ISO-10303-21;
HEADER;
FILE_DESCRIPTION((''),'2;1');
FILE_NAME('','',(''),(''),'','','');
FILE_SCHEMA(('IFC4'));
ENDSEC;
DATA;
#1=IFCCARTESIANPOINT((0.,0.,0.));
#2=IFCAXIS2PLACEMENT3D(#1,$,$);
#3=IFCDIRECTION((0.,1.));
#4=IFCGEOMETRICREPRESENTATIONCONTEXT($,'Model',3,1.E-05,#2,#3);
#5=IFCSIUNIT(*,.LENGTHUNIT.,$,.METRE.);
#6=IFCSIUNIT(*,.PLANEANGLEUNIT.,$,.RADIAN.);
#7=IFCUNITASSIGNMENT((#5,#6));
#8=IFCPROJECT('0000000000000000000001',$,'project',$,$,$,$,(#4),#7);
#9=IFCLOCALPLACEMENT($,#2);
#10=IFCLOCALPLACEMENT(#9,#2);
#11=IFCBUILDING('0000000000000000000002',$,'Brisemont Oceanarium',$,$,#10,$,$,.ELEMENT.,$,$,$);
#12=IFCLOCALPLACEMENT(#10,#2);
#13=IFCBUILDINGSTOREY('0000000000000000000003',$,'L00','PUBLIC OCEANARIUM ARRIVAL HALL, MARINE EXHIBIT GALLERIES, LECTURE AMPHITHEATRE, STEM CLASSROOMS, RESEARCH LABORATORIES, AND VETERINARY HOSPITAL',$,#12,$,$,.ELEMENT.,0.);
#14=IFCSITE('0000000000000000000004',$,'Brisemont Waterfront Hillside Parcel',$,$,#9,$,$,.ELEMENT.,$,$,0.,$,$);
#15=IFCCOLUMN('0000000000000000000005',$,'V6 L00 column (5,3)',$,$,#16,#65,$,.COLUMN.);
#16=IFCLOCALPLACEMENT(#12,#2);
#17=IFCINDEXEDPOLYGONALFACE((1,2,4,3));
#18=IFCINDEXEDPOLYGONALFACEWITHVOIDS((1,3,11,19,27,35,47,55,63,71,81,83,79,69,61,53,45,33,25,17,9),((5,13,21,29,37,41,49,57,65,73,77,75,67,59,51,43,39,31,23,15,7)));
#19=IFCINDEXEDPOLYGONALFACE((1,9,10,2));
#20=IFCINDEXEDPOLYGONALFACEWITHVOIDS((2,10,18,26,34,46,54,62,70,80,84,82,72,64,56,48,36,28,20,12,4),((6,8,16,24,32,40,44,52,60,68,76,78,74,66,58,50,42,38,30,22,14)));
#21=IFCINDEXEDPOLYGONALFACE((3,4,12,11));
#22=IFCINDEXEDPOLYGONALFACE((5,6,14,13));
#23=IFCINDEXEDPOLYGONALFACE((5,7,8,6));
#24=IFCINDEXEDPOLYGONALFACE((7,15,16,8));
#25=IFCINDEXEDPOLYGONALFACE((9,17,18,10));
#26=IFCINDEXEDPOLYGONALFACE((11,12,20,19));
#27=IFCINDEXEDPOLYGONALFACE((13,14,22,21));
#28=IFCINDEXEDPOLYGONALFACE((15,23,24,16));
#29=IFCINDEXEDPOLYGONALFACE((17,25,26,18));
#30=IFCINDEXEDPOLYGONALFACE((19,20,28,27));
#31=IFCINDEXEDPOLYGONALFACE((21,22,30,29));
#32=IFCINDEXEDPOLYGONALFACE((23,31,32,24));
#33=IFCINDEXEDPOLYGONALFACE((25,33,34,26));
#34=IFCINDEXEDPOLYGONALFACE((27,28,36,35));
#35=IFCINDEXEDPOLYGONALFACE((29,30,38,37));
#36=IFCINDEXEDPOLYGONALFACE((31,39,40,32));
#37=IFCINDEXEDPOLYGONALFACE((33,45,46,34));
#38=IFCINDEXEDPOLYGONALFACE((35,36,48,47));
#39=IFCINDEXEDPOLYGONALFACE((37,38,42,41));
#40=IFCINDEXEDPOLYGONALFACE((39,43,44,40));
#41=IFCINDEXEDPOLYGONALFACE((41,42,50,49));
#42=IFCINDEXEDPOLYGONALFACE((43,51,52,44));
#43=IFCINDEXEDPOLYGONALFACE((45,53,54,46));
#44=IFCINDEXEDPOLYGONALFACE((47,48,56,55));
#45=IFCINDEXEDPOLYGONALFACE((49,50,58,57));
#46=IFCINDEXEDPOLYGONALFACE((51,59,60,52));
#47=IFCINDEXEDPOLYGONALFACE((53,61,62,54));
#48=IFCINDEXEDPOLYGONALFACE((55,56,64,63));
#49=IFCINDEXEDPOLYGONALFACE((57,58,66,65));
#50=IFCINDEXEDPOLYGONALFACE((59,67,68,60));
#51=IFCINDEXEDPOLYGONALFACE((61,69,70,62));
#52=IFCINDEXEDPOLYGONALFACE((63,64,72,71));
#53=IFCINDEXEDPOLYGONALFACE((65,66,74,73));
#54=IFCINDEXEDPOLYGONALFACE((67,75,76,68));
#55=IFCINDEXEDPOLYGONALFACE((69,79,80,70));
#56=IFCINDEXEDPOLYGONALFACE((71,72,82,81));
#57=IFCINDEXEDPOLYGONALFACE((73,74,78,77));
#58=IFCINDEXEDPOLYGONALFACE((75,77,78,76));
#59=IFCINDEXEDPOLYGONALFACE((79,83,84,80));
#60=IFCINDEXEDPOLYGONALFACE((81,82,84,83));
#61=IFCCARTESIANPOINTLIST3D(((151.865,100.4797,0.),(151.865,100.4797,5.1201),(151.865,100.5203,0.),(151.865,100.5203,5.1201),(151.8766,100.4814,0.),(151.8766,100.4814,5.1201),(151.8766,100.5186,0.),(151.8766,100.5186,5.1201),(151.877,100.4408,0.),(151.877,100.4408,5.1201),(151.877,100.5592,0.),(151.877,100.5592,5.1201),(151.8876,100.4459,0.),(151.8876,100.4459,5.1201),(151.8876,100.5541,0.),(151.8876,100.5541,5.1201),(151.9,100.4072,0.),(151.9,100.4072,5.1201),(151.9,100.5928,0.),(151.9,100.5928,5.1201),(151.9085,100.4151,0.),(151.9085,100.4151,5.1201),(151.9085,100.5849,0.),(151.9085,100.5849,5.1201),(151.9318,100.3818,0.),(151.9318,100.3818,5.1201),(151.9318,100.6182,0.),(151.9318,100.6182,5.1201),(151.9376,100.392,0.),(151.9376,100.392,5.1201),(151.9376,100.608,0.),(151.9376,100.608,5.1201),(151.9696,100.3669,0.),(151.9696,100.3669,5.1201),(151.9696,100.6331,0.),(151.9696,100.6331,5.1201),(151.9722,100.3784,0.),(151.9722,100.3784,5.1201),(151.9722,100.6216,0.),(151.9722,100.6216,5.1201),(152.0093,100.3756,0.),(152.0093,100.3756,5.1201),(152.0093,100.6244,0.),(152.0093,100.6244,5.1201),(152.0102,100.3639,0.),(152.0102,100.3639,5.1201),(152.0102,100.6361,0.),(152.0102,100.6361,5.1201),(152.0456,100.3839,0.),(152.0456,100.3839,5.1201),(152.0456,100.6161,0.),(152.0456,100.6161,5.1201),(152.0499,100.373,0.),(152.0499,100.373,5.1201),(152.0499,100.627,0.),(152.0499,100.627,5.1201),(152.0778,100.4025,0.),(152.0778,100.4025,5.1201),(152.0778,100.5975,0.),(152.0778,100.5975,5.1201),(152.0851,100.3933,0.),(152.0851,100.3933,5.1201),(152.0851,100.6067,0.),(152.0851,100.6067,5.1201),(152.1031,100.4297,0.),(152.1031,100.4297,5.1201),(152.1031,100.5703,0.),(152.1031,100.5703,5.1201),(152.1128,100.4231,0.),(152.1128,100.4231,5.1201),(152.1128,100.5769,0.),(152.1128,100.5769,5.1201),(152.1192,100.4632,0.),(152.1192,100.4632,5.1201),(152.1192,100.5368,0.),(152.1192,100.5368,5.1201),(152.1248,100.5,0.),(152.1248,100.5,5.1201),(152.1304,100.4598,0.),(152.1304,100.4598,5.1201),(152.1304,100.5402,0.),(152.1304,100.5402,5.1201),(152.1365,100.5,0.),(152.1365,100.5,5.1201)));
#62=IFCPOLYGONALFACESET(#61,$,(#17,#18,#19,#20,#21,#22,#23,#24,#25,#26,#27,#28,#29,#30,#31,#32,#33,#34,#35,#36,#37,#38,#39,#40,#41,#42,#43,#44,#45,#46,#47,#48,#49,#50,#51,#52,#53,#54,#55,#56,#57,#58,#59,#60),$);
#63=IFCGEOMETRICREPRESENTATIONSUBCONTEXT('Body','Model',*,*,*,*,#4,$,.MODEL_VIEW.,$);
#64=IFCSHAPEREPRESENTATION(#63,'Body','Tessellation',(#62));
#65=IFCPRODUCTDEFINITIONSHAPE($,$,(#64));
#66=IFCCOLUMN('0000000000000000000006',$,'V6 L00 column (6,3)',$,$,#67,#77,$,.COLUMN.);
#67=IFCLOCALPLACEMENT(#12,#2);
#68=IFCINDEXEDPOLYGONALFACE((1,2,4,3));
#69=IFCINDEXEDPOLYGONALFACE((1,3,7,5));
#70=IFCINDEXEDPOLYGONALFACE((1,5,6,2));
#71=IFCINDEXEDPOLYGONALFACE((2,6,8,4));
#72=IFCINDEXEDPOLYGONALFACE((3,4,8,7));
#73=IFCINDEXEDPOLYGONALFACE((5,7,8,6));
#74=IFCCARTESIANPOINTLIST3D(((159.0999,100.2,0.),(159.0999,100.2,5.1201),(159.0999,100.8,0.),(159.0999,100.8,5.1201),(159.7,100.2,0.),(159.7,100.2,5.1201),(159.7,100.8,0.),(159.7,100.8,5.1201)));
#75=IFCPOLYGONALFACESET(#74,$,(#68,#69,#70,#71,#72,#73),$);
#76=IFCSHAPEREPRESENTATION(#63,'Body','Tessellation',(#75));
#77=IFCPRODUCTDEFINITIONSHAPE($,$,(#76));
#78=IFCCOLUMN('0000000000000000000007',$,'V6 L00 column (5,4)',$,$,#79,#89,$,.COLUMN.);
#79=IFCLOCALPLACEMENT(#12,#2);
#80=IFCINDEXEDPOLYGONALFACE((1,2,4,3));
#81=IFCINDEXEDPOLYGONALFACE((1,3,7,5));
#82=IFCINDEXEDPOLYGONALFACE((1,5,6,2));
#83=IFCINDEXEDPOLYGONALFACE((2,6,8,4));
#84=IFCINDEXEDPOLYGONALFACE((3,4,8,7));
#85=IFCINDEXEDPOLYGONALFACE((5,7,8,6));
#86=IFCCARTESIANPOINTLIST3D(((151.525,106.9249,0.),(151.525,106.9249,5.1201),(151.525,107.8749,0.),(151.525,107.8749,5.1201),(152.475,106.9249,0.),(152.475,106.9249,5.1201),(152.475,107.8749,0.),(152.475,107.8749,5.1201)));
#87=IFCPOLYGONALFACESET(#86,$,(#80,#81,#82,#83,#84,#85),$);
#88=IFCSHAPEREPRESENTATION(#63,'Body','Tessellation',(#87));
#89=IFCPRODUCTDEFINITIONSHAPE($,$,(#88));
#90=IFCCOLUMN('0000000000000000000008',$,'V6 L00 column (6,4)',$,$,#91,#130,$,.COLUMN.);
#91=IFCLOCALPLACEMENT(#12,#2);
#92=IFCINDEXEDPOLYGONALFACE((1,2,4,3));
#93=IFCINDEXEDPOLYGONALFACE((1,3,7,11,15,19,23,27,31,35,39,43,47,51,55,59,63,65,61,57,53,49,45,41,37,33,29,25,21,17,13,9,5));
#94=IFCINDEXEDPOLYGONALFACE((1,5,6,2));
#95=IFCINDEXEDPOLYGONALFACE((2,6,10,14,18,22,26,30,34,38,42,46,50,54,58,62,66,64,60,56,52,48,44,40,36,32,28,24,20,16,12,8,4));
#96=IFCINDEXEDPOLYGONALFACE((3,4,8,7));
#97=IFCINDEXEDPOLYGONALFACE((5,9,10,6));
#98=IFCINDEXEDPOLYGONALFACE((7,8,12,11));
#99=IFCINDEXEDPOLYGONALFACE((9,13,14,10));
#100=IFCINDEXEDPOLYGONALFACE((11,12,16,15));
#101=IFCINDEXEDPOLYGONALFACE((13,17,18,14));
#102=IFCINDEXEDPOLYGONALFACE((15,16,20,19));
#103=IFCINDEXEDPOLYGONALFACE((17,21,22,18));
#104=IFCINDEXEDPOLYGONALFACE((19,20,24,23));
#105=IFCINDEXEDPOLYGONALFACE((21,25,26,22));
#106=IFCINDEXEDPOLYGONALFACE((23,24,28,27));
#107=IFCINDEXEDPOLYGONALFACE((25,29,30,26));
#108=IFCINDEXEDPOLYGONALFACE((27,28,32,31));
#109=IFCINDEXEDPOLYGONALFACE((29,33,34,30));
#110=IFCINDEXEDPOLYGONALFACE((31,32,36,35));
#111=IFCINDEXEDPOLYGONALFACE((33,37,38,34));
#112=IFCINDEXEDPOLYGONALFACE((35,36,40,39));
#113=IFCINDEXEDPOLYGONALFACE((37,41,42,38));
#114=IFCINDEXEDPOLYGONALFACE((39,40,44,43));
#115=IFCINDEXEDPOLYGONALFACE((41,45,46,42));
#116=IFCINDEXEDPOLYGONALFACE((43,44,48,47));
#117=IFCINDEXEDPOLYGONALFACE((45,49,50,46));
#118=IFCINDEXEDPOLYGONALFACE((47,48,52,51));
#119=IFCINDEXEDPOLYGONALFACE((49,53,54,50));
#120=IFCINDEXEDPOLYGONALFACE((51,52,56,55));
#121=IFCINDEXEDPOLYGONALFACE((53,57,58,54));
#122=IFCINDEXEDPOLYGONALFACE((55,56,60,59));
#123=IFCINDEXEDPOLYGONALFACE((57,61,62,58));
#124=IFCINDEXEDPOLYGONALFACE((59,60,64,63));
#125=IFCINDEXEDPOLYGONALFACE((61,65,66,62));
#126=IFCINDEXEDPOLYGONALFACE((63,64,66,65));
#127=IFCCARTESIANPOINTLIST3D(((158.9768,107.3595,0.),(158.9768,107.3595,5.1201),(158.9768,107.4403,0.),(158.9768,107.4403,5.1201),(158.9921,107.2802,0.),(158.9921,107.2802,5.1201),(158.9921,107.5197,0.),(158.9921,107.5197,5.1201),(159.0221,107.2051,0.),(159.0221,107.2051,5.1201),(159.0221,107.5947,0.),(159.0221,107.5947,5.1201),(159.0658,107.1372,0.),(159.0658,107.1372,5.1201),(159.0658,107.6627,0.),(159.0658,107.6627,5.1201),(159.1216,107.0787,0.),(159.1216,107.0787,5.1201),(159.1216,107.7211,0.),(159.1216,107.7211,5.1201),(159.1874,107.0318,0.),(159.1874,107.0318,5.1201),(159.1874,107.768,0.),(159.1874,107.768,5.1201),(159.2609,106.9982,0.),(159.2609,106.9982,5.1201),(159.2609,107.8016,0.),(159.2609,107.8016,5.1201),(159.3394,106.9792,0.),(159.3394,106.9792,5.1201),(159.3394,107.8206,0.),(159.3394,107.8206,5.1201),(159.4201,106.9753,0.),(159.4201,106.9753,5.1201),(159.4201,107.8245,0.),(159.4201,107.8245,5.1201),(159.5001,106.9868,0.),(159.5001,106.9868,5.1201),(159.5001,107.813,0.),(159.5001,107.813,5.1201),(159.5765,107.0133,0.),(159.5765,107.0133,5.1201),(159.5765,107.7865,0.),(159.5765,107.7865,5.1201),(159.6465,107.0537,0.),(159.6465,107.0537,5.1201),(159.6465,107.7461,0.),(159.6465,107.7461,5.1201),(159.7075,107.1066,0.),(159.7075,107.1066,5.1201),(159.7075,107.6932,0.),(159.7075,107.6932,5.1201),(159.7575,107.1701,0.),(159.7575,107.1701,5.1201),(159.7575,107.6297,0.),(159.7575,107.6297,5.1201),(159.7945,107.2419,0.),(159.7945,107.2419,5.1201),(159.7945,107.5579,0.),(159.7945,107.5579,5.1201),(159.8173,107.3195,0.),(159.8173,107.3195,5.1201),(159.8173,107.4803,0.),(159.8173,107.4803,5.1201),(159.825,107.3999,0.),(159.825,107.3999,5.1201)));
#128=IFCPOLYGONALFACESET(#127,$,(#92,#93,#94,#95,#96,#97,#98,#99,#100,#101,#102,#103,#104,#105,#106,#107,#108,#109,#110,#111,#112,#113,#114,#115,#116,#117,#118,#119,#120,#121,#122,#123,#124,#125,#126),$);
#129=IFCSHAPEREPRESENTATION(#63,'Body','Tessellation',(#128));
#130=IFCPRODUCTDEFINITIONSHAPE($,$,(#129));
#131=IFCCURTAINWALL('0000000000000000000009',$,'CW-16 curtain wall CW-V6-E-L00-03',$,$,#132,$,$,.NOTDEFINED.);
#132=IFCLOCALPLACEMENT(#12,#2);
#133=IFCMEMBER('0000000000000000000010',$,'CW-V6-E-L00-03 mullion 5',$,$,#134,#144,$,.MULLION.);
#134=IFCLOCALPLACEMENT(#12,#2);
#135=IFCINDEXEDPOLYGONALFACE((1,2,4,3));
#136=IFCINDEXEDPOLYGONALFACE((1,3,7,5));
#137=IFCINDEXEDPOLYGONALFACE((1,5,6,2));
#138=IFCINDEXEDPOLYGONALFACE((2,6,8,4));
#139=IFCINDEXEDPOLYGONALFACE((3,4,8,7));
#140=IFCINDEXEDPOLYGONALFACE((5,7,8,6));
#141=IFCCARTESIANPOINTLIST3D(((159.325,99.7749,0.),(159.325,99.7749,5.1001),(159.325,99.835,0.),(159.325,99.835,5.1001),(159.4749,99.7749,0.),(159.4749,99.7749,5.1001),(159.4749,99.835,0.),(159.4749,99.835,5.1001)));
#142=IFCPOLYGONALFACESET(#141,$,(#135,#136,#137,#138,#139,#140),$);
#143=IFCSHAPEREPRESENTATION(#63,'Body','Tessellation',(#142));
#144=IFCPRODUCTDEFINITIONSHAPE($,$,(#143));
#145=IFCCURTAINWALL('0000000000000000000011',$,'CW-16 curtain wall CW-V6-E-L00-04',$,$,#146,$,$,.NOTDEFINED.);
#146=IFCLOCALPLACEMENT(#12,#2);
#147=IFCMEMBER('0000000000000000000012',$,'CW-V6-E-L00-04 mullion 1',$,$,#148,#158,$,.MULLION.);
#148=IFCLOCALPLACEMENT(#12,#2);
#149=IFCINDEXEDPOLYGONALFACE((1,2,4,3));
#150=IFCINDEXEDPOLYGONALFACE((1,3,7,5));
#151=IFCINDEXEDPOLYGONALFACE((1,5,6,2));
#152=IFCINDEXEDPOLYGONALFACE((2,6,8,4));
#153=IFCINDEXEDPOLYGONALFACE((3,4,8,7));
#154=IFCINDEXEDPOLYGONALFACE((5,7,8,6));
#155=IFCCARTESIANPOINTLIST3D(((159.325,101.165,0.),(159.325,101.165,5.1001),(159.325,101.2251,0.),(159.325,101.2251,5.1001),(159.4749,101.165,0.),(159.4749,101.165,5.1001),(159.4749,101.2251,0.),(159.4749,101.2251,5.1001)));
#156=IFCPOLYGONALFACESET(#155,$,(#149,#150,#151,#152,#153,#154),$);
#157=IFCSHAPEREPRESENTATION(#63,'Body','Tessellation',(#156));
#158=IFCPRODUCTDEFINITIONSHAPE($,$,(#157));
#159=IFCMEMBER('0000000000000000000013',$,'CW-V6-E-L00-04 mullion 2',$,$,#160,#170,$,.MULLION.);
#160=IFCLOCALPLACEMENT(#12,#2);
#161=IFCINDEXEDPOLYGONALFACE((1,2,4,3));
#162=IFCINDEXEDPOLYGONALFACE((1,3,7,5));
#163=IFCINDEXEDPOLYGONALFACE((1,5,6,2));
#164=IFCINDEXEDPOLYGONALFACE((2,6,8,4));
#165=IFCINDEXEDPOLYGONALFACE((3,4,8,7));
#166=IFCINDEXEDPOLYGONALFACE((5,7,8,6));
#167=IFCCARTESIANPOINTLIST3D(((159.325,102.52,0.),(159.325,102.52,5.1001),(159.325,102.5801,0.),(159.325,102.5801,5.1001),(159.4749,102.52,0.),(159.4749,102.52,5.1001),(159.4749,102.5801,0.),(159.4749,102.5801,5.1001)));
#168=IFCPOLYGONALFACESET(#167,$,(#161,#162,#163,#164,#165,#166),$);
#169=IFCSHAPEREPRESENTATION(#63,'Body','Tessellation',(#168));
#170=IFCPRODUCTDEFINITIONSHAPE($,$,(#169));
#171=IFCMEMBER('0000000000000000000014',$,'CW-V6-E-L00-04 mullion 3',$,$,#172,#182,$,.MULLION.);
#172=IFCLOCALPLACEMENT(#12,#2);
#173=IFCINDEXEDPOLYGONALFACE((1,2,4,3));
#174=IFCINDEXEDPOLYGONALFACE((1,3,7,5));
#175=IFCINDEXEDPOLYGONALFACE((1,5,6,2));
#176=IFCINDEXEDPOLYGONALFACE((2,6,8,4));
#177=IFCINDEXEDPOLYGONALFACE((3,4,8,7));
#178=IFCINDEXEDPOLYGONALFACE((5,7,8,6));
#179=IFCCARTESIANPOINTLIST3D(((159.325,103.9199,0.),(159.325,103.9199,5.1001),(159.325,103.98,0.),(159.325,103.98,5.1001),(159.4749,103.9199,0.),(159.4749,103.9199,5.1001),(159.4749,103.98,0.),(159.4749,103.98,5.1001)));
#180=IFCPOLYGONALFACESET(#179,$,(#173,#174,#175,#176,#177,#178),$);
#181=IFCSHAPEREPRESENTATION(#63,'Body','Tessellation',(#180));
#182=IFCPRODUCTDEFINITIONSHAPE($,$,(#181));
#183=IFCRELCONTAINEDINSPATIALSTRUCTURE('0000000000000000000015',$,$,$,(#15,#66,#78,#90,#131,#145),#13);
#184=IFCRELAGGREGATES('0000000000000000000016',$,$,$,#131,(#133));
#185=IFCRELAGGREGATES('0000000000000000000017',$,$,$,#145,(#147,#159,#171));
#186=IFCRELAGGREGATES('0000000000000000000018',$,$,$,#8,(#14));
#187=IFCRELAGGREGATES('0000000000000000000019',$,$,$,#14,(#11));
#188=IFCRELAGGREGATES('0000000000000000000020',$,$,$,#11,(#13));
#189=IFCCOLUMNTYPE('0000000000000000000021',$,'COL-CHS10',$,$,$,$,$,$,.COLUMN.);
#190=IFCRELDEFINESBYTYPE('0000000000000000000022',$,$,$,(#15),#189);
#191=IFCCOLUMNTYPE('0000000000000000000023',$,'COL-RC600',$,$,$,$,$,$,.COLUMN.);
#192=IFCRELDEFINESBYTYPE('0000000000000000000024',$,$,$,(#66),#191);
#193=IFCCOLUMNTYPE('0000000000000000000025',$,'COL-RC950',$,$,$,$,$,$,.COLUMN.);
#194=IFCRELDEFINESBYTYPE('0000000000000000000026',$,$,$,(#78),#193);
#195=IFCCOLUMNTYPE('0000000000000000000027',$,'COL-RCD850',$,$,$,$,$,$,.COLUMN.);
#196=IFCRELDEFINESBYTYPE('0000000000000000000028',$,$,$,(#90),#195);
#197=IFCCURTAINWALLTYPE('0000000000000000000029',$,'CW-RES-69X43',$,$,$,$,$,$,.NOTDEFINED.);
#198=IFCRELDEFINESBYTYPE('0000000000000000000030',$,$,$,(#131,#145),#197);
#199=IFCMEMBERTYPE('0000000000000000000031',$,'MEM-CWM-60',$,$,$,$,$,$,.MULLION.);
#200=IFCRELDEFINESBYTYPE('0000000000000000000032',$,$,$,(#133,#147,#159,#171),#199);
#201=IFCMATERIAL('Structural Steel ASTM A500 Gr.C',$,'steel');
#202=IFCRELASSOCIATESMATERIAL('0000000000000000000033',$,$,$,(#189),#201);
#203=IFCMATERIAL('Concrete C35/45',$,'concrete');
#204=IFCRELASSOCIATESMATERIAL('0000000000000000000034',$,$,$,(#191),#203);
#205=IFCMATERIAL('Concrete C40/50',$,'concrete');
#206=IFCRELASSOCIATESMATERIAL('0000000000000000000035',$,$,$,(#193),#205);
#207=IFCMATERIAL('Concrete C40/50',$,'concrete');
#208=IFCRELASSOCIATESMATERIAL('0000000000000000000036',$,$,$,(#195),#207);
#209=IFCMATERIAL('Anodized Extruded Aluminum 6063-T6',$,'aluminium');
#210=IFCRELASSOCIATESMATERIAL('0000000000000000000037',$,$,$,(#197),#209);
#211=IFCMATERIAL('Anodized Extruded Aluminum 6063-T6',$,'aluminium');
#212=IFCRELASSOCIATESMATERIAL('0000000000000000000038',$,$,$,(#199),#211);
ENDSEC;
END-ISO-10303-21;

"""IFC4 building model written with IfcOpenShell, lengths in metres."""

from ifc_helpers import new_model, si_unit, direction, frame, origin, origin_2d, place, context, subcontext, project, spatial, rectangle, circle, hollow_circle, extrude, material, material_profile, profile_set, type_object, element, aggregate, save


model = new_model("IFC4")

# Units and contexts
model_context = context("Model", 3, precision=1e-05, world=origin(), true_north=direction((0.0, 1.0)))
body_context = subcontext(model_context, "Body", "Model", "MODEL_VIEW")
ifc_project = project(units=[si_unit("LENGTHUNIT", "METRE"), si_unit("PLANEANGLEUNIT", "RADIAN")], contexts=[model_context])

# Site, building, storey
site_placement = place(None, origin())
site = spatial("IfcSite", under=ifc_project, at=site_placement, Name="Brisemont Waterfront Hillside Parcel", CompositionType="ELEMENT", RefElevation=0.0)
building_placement = place(site_placement, origin())
building = spatial("IfcBuilding", under=site, at=building_placement, Name="Brisemont Oceanarium", CompositionType="ELEMENT")
storey_placement = place(building_placement, origin())
storey = spatial("IfcBuildingStorey", under=building, at=storey_placement, Name="L00", Description="PUBLIC OCEANARIUM ARRIVAL HALL, MARINE EXHIBIT GALLERIES, LECTURE AMPHITHEATRE, STEM CLASSROOMS, RESEARCH LABORATORIES, AND VETERINARY HOSPITAL", CompositionType="ELEMENT", Elevation=0.0)

# Columns
ifc_material_1 = material(Name="Structural Steel ASTM A500 Gr.C", Category="steel")
ifc_material_profile_1 = material_profile(ifc_material_1, hollow_circle(Radius=0.1365, WallThickness=0.0117, at=origin_2d()), Name="HSS10.750X0.500")
ifc_profile_set_1 = profile_set([ifc_material_profile_1], Name="Structural Steel ASTM A500 Gr.C")
column_type_1 = type_object("IfcColumnType", Name="COL-CHS10", PredefinedType="COLUMN", material=ifc_profile_set_1)
column_1_placement = place(storey_placement, frame((152.0, 100.5, 0.0), z_axis=(0.0, 0.0, 1.0), x_axis=(1.0, 0.0, 0.0)))
element("IfcColumn", 1, at=column_1_placement, inside=storey, type_object=column_type_1, Name="V6 L00 column (5,3)", PredefinedType="COLUMN", context=body_context, shape_type="SweptSolid", body=[
    extrude(hollow_circle(Radius=0.1365, WallThickness=0.0117, at=origin_2d()), origin(), (0.0, 0.0, 1.0), 5.1201),
])
ifc_material_2 = material(Name="Concrete C35/45", Category="concrete")
ifc_material_profile_2 = material_profile(ifc_material_2, rectangle(XDim=0.6001, YDim=0.6001, at=origin_2d()), Name="RC-COL-600X600")
ifc_profile_set_2 = profile_set([ifc_material_profile_2], Name="Concrete C35/45")
column_type_2 = type_object("IfcColumnType", Name="COL-RC600", PredefinedType="COLUMN", material=ifc_profile_set_2)
column_2_placement = place(storey_placement, frame((159.3999, 100.5, 0.0), z_axis=(0.0, 0.0, 1.0), x_axis=(0.0, 1.0, 0.0)))
element("IfcColumn", 2, at=column_2_placement, inside=storey, type_object=column_type_2, Name="V6 L00 column (6,3)", PredefinedType="COLUMN", context=body_context, shape_type="SweptSolid", body=[
    extrude(rectangle(XDim=0.6001, YDim=0.6001, at=origin_2d()), origin(), (0.0, 0.0, 1.0), 5.1201),
])
ifc_material_3 = material(Name="Concrete C40/50", Category="concrete")
ifc_material_profile_3 = material_profile(ifc_material_3, rectangle(XDim=0.95, YDim=0.95, at=origin_2d()), Name="RC-COL-950X950")
ifc_profile_set_3 = profile_set([ifc_material_profile_3], Name="Concrete C40/50")
column_type_3 = type_object("IfcColumnType", Name="COL-RC950", PredefinedType="COLUMN", material=ifc_profile_set_3)
column_3_placement = place(storey_placement, frame((152.0, 107.3999, 0.0), z_axis=(0.0, 0.0, 1.0), x_axis=(0.0, 1.0, 0.0)))
element("IfcColumn", 3, at=column_3_placement, inside=storey, type_object=column_type_3, Name="V6 L00 column (5,4)", PredefinedType="COLUMN", context=body_context, shape_type="SweptSolid", body=[
    extrude(rectangle(XDim=0.95, YDim=0.95, at=origin_2d()), origin(), (0.0, 0.0, 1.0), 5.1201),
])
ifc_material_4 = material(Name="Concrete C40/50", Category="concrete")
ifc_material_profile_4 = material_profile(ifc_material_4, circle(Radius=0.425, at=origin_2d()), Name="RC-COL-D850")
ifc_profile_set_4 = profile_set([ifc_material_profile_4], Name="Concrete C40/50")
column_type_4 = type_object("IfcColumnType", Name="COL-RCD850", PredefinedType="COLUMN", material=ifc_profile_set_4)
column_4_placement = place(storey_placement, frame((159.3999, 107.3999, 0.0), z_axis=(0.0, 0.0, 1.0), x_axis=(1.0, 0.0, 0.0)))
element("IfcColumn", 4, at=column_4_placement, inside=storey, type_object=column_type_4, Name="V6 L00 column (6,4)", PredefinedType="COLUMN", context=body_context, shape_type="SweptSolid", body=[
    extrude(circle(Radius=0.425, at=origin_2d()), origin(), (0.0, 0.0, 1.0), 5.1201),
])

# Curtain wall, member
ifc_material_5 = material(Name="Anodized Extruded Aluminum 6063-T6", Category="aluminium")
curtain_wall_type = type_object("IfcCurtainWallType", Name="CW-RES-69X43", PredefinedType="NOTDEFINED", material=ifc_material_5)
curtain_wall_1_placement = place(storey_placement, origin())
curtain_wall_1 = element("IfcCurtainWall", 5, at=curtain_wall_1_placement, inside=storey, type_object=curtain_wall_type, Name="CW-16 curtain wall CW-V6-E-L00-03", PredefinedType="NOTDEFINED")
ifc_material_6 = material(Name="Anodized Extruded Aluminum 6063-T6", Category="aluminium")
ifc_material_profile_5 = material_profile(ifc_material_6, rectangle(XDim=0.0601, YDim=0.1499, at=origin_2d()), Name="CWM-60X150")
ifc_profile_set_5 = profile_set([ifc_material_profile_5], Name="Anodized Extruded Aluminum 6063-T6")
member_type_1 = type_object("IfcMemberType", Name="MEM-CWM-60", PredefinedType="MULLION", material=ifc_profile_set_5)
member_1_placement = place(storey_placement, frame((159.3999, 99.8049, 0.0), z_axis=(0.0, 0.0, 1.0), x_axis=(0.0, 1.0, 0.0)))
member_1 = element("IfcMember", 6, at=member_1_placement, type_object=member_type_1, Name="CW-V6-E-L00-03 mullion 5", PredefinedType="MULLION", context=body_context, shape_type="SweptSolid", body=[
    extrude(rectangle(XDim=0.0601, YDim=0.1499, at=origin_2d()), origin(), (0.0, 0.0, 1.0), 5.1001),
])
aggregate(curtain_wall_1, [member_1])

# Curtain wall, members
curtain_wall_2_placement = place(storey_placement, origin())
curtain_wall_2 = element("IfcCurtainWall", 7, at=curtain_wall_2_placement, inside=storey, type_object=curtain_wall_type, Name="CW-16 curtain wall CW-V6-E-L00-04", PredefinedType="NOTDEFINED")
member_2_placement = place(storey_placement, frame((159.3999, 101.1951, 0.0), z_axis=(0.0, 0.0, 1.0), x_axis=(0.0, 1.0, 0.0)))
member_2 = element("IfcMember", 8, at=member_2_placement, type_object=member_type_1, Name="CW-V6-E-L00-04 mullion 1", PredefinedType="MULLION", context=body_context, shape_type="SweptSolid", body=[
    extrude(rectangle(XDim=0.0601, YDim=0.1499, at=origin_2d()), origin(), (0.0, 0.0, 1.0), 5.1001),
])
member_3_placement = place(storey_placement, frame((159.3999, 102.55, 0.0), z_axis=(0.0, 0.0, 1.0), x_axis=(0.0, 1.0, 0.0)))
member_3 = element("IfcMember", 9, at=member_3_placement, type_object=member_type_1, Name="CW-V6-E-L00-04 mullion 2", PredefinedType="MULLION", context=body_context, shape_type="SweptSolid", body=[
    extrude(rectangle(XDim=0.0601, YDim=0.1499, at=origin_2d()), origin(), (0.0, 0.0, 1.0), 5.1001),
])
member_4_placement = place(storey_placement, frame((159.3999, 103.95, 0.0), z_axis=(0.0, 0.0, 1.0), x_axis=(0.0, 1.0, 0.0)))
member_4 = element("IfcMember", 10, at=member_4_placement, type_object=member_type_1, Name="CW-V6-E-L00-04 mullion 3", PredefinedType="MULLION", context=body_context, shape_type="SweptSolid", body=[
    extrude(rectangle(XDim=0.0601, YDim=0.1499, at=origin_2d()), origin(), (0.0, 0.0, 1.0), 5.1001),
])
aggregate(curtain_wall_2, [member_2, member_3, member_4])

save(model, "model.ifc")
